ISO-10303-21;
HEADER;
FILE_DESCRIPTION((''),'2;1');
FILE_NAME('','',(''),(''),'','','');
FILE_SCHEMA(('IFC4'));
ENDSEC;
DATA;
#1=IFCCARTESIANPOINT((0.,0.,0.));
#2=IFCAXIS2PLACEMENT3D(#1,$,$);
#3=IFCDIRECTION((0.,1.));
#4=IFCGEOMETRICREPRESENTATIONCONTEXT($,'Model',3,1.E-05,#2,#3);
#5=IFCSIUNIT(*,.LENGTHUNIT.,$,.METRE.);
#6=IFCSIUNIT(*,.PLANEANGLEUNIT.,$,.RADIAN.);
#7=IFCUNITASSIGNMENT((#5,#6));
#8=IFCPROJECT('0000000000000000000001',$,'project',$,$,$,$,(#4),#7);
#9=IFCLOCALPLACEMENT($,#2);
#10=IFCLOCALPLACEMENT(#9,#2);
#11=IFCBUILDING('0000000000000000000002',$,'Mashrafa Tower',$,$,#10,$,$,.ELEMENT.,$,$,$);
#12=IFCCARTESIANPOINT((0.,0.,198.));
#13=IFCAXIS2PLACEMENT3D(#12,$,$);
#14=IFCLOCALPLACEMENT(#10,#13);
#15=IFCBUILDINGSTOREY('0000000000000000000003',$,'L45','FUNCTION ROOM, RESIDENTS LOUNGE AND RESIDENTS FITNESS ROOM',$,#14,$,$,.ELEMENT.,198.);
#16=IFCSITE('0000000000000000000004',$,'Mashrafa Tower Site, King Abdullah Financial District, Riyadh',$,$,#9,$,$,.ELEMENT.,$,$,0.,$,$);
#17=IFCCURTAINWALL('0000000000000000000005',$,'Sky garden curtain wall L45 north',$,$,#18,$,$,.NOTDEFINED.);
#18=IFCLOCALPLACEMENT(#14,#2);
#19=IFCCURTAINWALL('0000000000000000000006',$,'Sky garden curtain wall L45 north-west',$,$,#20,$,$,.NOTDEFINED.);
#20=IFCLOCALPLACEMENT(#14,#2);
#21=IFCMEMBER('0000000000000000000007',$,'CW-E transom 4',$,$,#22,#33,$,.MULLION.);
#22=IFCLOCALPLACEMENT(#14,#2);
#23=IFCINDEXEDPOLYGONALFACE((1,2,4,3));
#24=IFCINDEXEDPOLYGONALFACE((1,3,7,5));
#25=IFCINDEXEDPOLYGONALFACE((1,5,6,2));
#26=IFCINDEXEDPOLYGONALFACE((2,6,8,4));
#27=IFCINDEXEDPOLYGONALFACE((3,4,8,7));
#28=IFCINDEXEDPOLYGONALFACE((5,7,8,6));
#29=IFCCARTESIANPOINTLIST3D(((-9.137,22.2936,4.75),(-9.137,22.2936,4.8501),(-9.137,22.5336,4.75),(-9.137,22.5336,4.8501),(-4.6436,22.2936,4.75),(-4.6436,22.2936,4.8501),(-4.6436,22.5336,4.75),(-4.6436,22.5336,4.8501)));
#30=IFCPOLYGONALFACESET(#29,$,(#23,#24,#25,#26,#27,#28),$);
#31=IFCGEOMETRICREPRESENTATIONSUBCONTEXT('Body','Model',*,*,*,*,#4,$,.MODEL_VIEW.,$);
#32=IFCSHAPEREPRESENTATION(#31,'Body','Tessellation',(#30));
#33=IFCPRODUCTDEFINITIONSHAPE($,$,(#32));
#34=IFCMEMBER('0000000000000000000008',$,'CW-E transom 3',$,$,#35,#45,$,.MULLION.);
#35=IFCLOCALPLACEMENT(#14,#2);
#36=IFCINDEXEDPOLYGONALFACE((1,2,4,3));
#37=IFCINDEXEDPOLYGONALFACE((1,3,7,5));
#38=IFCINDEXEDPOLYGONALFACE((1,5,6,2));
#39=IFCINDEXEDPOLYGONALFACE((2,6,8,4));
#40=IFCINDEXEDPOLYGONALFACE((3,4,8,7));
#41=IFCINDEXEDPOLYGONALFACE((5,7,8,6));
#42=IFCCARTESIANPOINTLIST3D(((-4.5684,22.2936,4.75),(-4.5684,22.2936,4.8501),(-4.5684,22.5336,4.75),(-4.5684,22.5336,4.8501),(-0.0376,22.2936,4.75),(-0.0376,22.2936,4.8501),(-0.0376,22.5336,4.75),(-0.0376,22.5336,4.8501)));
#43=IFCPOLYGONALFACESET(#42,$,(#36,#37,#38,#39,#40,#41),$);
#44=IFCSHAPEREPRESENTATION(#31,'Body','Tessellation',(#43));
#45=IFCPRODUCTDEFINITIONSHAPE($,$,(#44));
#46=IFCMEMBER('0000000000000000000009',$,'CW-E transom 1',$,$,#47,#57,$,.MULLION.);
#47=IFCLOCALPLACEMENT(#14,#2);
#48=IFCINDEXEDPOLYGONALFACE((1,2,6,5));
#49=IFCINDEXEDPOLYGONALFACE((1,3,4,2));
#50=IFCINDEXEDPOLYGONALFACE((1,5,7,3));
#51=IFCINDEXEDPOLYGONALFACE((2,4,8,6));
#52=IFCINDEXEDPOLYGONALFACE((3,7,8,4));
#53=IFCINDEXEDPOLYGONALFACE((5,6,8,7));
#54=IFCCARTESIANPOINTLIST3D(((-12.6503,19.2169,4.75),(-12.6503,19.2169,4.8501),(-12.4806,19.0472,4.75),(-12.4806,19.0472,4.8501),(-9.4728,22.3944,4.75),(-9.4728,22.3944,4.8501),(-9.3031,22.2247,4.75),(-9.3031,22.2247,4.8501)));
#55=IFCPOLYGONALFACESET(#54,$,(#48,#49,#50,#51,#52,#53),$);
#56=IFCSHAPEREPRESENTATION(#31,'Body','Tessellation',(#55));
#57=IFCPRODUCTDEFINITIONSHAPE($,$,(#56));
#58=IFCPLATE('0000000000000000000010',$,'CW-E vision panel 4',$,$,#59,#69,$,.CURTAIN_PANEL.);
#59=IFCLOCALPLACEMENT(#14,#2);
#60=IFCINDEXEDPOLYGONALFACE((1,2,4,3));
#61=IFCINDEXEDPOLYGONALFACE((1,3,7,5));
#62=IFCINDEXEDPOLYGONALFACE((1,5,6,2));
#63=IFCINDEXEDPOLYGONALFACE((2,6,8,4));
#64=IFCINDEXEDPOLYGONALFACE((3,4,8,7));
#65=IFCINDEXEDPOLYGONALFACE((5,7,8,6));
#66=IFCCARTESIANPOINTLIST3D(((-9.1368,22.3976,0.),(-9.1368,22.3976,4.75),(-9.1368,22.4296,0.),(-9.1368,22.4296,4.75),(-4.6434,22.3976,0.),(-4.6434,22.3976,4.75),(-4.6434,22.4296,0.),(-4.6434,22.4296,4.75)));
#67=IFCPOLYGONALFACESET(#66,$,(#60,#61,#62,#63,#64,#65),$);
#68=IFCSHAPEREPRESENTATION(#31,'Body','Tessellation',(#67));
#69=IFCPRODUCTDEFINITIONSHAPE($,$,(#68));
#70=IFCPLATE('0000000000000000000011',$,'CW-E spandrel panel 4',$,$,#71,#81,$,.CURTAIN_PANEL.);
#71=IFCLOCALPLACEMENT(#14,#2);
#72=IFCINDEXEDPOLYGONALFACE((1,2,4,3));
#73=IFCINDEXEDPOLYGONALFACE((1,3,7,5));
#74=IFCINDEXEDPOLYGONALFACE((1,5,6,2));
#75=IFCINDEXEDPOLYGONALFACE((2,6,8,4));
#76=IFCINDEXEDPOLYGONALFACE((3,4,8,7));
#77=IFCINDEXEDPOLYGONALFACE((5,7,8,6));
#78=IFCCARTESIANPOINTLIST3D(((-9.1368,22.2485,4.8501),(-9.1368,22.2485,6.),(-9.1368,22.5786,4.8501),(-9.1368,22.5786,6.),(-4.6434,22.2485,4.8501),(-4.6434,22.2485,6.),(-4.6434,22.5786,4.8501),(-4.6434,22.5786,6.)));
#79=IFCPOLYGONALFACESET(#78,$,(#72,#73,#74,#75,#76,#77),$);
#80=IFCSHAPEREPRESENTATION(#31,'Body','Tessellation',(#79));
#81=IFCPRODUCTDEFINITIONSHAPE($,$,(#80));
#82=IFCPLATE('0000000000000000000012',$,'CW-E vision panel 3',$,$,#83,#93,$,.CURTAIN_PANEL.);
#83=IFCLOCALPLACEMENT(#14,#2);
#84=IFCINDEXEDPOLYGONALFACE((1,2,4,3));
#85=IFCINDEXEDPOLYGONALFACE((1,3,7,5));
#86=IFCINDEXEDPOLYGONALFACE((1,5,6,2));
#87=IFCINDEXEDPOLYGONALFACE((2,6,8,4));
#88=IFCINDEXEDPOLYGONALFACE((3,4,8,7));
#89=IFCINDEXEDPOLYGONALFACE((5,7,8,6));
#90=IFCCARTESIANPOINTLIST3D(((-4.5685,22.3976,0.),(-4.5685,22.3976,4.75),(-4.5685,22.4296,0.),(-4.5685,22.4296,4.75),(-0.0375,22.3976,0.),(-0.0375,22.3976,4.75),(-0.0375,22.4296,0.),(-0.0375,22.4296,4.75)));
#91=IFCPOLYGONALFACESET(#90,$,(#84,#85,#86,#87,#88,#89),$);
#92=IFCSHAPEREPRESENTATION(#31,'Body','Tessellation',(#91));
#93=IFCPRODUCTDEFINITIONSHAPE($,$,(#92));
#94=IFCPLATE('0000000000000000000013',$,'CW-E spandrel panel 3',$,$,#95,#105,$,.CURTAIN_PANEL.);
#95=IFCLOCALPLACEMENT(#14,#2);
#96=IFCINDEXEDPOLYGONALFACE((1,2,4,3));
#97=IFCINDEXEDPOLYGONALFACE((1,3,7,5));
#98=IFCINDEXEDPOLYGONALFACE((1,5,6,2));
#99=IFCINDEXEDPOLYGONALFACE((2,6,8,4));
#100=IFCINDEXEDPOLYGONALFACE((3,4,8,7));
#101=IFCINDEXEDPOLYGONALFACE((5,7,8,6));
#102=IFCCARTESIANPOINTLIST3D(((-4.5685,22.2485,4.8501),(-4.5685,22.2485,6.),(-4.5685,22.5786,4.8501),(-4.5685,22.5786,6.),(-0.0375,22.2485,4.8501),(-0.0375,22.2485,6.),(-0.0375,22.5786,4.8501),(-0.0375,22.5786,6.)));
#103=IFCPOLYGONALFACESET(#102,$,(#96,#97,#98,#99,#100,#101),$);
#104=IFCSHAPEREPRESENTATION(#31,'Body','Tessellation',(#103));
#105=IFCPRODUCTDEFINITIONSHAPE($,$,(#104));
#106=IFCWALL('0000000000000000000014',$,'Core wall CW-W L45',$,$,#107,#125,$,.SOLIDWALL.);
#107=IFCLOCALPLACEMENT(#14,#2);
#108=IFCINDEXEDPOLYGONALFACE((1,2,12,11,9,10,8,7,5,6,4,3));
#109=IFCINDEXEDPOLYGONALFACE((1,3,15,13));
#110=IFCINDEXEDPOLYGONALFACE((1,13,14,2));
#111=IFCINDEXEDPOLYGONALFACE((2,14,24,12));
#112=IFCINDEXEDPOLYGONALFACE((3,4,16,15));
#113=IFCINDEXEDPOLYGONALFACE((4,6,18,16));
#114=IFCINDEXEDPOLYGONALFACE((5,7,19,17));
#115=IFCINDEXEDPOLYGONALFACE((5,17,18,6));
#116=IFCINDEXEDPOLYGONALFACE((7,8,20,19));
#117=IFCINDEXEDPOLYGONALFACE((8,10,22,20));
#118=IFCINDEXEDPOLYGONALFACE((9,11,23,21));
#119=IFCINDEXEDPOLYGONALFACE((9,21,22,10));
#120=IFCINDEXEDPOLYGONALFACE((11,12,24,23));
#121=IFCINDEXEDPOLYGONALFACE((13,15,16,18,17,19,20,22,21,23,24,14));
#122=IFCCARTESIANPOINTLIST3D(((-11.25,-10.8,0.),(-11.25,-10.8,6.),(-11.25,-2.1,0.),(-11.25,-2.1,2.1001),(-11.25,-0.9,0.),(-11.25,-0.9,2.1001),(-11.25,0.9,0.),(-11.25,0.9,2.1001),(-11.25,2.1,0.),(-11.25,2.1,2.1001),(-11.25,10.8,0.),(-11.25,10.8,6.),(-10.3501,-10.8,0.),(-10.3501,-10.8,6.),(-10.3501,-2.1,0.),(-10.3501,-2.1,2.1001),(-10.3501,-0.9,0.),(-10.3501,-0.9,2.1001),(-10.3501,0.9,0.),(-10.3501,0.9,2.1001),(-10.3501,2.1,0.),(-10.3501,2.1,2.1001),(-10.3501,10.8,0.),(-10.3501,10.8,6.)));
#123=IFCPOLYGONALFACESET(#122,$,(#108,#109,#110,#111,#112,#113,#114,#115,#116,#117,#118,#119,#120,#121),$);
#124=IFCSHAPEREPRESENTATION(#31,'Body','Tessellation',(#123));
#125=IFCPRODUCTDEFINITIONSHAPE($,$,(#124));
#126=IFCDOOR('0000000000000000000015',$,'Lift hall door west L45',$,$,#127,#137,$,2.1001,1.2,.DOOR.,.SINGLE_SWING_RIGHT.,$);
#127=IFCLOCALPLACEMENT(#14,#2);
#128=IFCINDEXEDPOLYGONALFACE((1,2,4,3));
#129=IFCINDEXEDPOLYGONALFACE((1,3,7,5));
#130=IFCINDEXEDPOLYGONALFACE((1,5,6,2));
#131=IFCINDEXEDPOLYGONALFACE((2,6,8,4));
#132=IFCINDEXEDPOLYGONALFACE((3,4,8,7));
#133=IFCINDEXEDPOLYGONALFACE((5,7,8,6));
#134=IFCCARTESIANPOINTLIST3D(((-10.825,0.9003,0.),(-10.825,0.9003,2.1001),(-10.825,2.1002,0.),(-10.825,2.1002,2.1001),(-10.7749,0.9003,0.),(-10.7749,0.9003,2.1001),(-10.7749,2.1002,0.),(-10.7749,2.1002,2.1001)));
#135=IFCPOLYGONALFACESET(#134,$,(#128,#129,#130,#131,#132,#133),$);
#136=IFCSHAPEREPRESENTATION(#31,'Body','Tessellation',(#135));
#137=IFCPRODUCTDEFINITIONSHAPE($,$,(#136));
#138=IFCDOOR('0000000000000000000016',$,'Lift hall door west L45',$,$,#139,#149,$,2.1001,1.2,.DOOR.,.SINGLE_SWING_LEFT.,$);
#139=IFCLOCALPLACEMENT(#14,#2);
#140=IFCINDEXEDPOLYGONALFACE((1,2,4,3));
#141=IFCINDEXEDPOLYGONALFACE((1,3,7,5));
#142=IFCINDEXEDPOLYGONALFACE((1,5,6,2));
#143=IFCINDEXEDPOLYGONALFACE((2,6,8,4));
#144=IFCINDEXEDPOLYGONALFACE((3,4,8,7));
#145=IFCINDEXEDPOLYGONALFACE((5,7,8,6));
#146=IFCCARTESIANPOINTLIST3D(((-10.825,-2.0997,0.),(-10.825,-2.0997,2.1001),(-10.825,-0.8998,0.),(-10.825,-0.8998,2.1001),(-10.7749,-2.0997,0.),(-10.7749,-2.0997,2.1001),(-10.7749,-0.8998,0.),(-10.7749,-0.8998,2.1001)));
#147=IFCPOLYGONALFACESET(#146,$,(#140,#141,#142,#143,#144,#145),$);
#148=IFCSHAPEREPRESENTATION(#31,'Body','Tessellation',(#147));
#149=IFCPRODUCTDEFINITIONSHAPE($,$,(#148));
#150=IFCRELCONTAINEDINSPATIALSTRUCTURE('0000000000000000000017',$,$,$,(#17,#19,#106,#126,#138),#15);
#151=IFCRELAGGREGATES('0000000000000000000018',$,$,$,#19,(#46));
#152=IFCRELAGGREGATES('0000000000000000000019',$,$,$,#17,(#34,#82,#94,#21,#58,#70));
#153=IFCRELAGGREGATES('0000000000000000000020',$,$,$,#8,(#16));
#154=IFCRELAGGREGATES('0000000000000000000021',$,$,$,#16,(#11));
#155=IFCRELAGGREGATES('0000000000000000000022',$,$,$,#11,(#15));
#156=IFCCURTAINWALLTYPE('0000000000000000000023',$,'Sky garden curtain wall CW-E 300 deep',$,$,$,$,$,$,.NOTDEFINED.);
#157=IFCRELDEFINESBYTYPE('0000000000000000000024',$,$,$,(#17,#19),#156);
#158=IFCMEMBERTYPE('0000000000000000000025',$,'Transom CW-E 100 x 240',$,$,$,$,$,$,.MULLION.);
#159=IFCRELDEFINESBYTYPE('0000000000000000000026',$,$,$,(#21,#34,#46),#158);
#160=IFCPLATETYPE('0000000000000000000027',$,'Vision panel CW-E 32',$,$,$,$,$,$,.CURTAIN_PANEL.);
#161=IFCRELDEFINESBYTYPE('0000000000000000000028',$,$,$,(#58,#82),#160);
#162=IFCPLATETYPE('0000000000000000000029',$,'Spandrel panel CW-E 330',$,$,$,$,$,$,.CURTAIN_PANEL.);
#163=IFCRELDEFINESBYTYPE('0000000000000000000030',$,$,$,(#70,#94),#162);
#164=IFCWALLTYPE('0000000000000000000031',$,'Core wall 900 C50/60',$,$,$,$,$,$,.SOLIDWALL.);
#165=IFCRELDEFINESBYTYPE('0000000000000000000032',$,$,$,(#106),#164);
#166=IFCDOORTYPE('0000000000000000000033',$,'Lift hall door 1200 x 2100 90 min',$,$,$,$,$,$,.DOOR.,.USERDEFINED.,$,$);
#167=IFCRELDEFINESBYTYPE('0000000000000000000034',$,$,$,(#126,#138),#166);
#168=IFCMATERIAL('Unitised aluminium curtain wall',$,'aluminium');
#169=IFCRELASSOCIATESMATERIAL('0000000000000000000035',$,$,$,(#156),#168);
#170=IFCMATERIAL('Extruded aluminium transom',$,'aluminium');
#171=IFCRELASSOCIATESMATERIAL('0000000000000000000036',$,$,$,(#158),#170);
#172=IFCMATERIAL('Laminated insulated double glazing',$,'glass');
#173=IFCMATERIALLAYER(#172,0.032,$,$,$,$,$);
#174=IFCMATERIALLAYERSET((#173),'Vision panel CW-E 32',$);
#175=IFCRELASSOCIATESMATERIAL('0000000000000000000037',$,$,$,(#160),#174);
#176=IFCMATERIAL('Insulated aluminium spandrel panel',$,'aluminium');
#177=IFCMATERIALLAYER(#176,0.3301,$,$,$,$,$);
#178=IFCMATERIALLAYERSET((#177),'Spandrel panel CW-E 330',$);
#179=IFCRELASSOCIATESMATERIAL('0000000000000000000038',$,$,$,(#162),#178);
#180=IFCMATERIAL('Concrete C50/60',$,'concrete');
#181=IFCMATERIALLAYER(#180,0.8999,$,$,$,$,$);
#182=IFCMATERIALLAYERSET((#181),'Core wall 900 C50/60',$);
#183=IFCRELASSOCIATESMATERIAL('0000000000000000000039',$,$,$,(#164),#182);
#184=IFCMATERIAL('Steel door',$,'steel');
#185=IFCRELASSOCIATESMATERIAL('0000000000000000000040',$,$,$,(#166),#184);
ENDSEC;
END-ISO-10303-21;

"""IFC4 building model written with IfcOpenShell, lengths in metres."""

from ifc_helpers import new_model, si_unit, direction, frame, frame_2d, origin, origin_2d, place, context, subcontext, project, spatial, rectangle, extrude, source, transform, mapped, material, layer, layer_set, material_profile, profile_set, type_object, type_shapes, element, fill, aggregate, save


model = new_model("IFC4")

# Units and contexts
model_context = context("Model", 3, precision=1e-05, world=origin(), true_north=direction((0.0, 1.0)))
body_context = subcontext(model_context, "Body", "Model", "MODEL_VIEW")
ifc_project = project(units=[si_unit("LENGTHUNIT", "METRE"), si_unit("PLANEANGLEUNIT", "RADIAN")], contexts=[model_context])

# Site, building, storey
site_placement = place(None, origin())
site = spatial("IfcSite", under=ifc_project, at=site_placement, Name="Mashrafa Tower Site, King Abdullah Financial District, Riyadh", CompositionType="ELEMENT", RefElevation=0.0)
building_placement = place(site_placement, origin())
building = spatial("IfcBuilding", under=site, at=building_placement, Name="Mashrafa Tower", CompositionType="ELEMENT")
storey_placement = place(building_placement, frame((0.0, 0.0, 198.0)))
storey = spatial("IfcBuildingStorey", under=building, at=storey_placement, Name="L45", Description="FUNCTION ROOM, RESIDENTS LOUNGE AND RESIDENTS FITNESS ROOM", CompositionType="ELEMENT", Elevation=198.0)

# Curtain wall
ifc_material_1 = material(Name="Unitised aluminium curtain wall", Category="aluminium")
curtain_wall_type = type_object("IfcCurtainWallType", Name="Sky garden curtain wall CW-E 300 deep", PredefinedType="NOTDEFINED", material=ifc_material_1)
curtain_wall_1_placement = place(storey_placement, origin())
curtain_wall_1 = element("IfcCurtainWall", 1, at=curtain_wall_1_placement, inside=storey, type_object=curtain_wall_type, Name="Sky garden curtain wall L45 north", PredefinedType="NOTDEFINED")

# Curtain wall
curtain_wall_2_placement = place(storey_placement, origin())
curtain_wall_2 = element("IfcCurtainWall", 2, at=curtain_wall_2_placement, inside=storey, type_object=curtain_wall_type, Name="Sky garden curtain wall L45 north-west", PredefinedType="NOTDEFINED")

# Members
ifc_material_2 = material(Name="Extruded aluminium transom", Category="aluminium")
ifc_material_profile_1 = material_profile(ifc_material_2, rectangle(XDim=0.24, YDim=0.1001, at=origin_2d()), Name="Transom 100x240")
ifc_profile_set_1 = profile_set([ifc_material_profile_1], Name="Extruded aluminium transom")
member_type_1 = type_object("IfcMemberType", Name="Transom CW-E 100 x 240", PredefinedType="MULLION", material=ifc_profile_set_1)
shared_shape_1 = source(origin(), body_context, "Body", "SweptSolid", [
    extrude(rectangle(XDim=0.24, YDim=0.1001, at=origin_2d()), origin(), (0.0, 0.0, 1.0), 4.4934),
])
member_1_placement = place(storey_placement, frame((-4.6436, 22.4136, 4.8), z_axis=(-1.0, 0.0, 0.0), x_axis=(0.0, -1.0, 0.0)))
member_1 = element("IfcMember", 3, at=member_1_placement, type_object=member_type_1, Name="CW-E transom 4", PredefinedType="MULLION", context=body_context, shape_type="MappedRepresentation", body=[
    mapped(shared_shape_1, transform((0.0, 0.0, 0.0))),
])
shared_shape_2 = source(origin(), body_context, "Body", "SweptSolid", [
    extrude(rectangle(XDim=0.24, YDim=0.1001, at=origin_2d()), origin(), (0.0, 0.0, 1.0), 4.5308),
])
member_2_placement = place(storey_placement, frame((-0.0376, 22.4136, 4.8), z_axis=(-1.0, 0.0, 0.0), x_axis=(0.0, -1.0, 0.0)))
member_2 = element("IfcMember", 4, at=member_2_placement, type_object=member_type_1, Name="CW-E transom 3", PredefinedType="MULLION", context=body_context, shape_type="MappedRepresentation", body=[
    mapped(shared_shape_2, transform((0.0, 0.0, 0.0))),
])
shared_shape_3 = source(origin(), body_context, "Body", "SweptSolid", [
    extrude(rectangle(XDim=0.24, YDim=0.1001, at=origin_2d()), origin(), (0.0, 0.0, 1.0), 4.4937),
])
type_shapes(member_type_1, [shared_shape_1, shared_shape_2, shared_shape_3])
member_3_placement = place(storey_placement, frame((-9.3879, 22.3096, 4.8), z_axis=(-0.707107, -0.707107, 0.0), x_axis=(0.707107, -0.707107, 0.0)))
member_3 = element("IfcMember", 5, at=member_3_placement, type_object=member_type_1, Name="CW-E transom 1", PredefinedType="MULLION", context=body_context, shape_type="MappedRepresentation", body=[
    mapped(shared_shape_3, transform((0.0, 0.0, 0.0))),
])
aggregate(curtain_wall_2, [member_3])

# Plates
ifc_material_3 = material(Name="Laminated insulated double glazing", Category="glass")
ifc_layer_1 = layer(ifc_material_3, 0.032)
ifc_layer_set_1 = layer_set([ifc_layer_1], Name="Vision panel CW-E 32")
plate_type_1 = type_object("IfcPlateType", Name="Vision panel CW-E 32", PredefinedType="CURTAIN_PANEL", material=ifc_layer_set_1)
shared_shape_4 = source(origin(), body_context, "Body", "SweptSolid", [
    extrude(rectangle(XDim=4.4934, YDim=0.032, at=origin_2d()), origin(), (0.0, 0.0, 1.0), 4.75),
])
plate_1_placement = place(storey_placement, frame((-6.8901, 22.4136, 0.0), z_axis=(0.0, 0.0, 1.0), x_axis=(-1.0, 0.0, 0.0)))
plate_1 = element("IfcPlate", 6, at=plate_1_placement, type_object=plate_type_1, Name="CW-E vision panel 4", PredefinedType="CURTAIN_PANEL", context=body_context, shape_type="MappedRepresentation", body=[
    mapped(shared_shape_4, transform((0.0, 0.0, 0.0))),
])
ifc_material_4 = material(Name="Insulated aluminium spandrel panel", Category="aluminium")
ifc_layer_2 = layer(ifc_material_4, 0.3301)
ifc_layer_set_2 = layer_set([ifc_layer_2], Name="Spandrel panel CW-E 330")
plate_type_2 = type_object("IfcPlateType", Name="Spandrel panel CW-E 330", PredefinedType="CURTAIN_PANEL", material=ifc_layer_set_2)
shared_shape_5 = source(origin(), body_context, "Body", "SweptSolid", [
    extrude(rectangle(XDim=4.4934, YDim=0.3301, at=origin_2d()), origin(), (0.0, 0.0, 1.0), 1.1499),
])
plate_2_placement = place(storey_placement, frame((-6.8901, 22.4136, 4.8501), z_axis=(0.0, 0.0, 1.0), x_axis=(-1.0, 0.0, 0.0)))
plate_2 = element("IfcPlate", 7, at=plate_2_placement, type_object=plate_type_2, Name="CW-E spandrel panel 4", PredefinedType="CURTAIN_PANEL", context=body_context, shape_type="MappedRepresentation", body=[
    mapped(shared_shape_5, transform((0.0, 0.0, 0.0))),
])
shared_shape_6 = source(origin(), body_context, "Body", "SweptSolid", [
    extrude(rectangle(XDim=4.531, YDim=0.032, at=origin_2d()), origin(), (0.0, 0.0, 1.0), 4.75),
])
type_shapes(plate_type_1, [shared_shape_4, shared_shape_6])
plate_3_placement = place(storey_placement, frame((-2.303, 22.4136, 0.0), z_axis=(0.0, 0.0, 1.0), x_axis=(-1.0, 0.0, 0.0)))
plate_3 = element("IfcPlate", 8, at=plate_3_placement, type_object=plate_type_1, Name="CW-E vision panel 3", PredefinedType="CURTAIN_PANEL", context=body_context, shape_type="MappedRepresentation", body=[
    mapped(shared_shape_6, transform((0.0, 0.0, 0.0))),
])
shared_shape_7 = source(origin(), body_context, "Body", "SweptSolid", [
    extrude(rectangle(XDim=4.531, YDim=0.3301, at=origin_2d()), origin(), (0.0, 0.0, 1.0), 1.1499),
])
type_shapes(plate_type_2, [shared_shape_5, shared_shape_7])
plate_4_placement = place(storey_placement, frame((-2.303, 22.4136, 4.8501), z_axis=(0.0, 0.0, 1.0), x_axis=(-1.0, 0.0, 0.0)))
plate_4 = element("IfcPlate", 9, at=plate_4_placement, type_object=plate_type_2, Name="CW-E spandrel panel 3", PredefinedType="CURTAIN_PANEL", context=body_context, shape_type="MappedRepresentation", body=[
    mapped(shared_shape_7, transform((0.0, 0.0, 0.0))),
])
aggregate(curtain_wall_1, [member_2, plate_3, plate_4, member_1, plate_1, plate_2])

# Wall, openings, doors
ifc_material_5 = material(Name="Concrete C50/60", Category="concrete")
ifc_layer_3 = layer(ifc_material_5, 0.8999)
ifc_layer_set_3 = layer_set([ifc_layer_3], Name="Core wall 900 C50/60")
wall_type = type_object("IfcWallType", Name="Core wall 900 C50/60", PredefinedType="SOLIDWALL", material=ifc_layer_set_3)
wall_placement = place(storey_placement, frame((-10.8, 10.8, 0.0), z_axis=(0.0, 0.0, 1.0), x_axis=(0.0, -1.0, 0.0)))
wall = element("IfcWall", 10, at=wall_placement, inside=storey, type_object=wall_type, Name="Core wall CW-W L45", PredefinedType="SOLIDWALL", context=body_context, shape_type="SweptSolid", body=[
    extrude(rectangle(XDim=21.6001, YDim=0.8999, at=frame_2d((10.8, 0.0))), origin(), (0.0, 0.0, 1.0), 6.0),
])
opening_1_placement = place(wall_placement, frame((8.7, 0.0, 0.0)))
opening_1 = element("IfcOpeningElement", 11, at=opening_1_placement, cuts=wall, PredefinedType="OPENING", context=body_context, shape_type="SweptSolid", body=[
    extrude(rectangle(XDim=1.2, YDim=2.1001, at=frame_2d((0.6001, 1.05))), frame((0.0, 0.46, 0.0), z_axis=(0.0, -1.0, 0.0), x_axis=(1.0, 0.0, 0.0)), (0.0, 0.0, 1.0), 0.9199),
])
opening_2_placement = place(wall_placement, frame((11.7, 0.0, 0.0)))
opening_2 = element("IfcOpeningElement", 12, at=opening_2_placement, cuts=wall, PredefinedType="OPENING", context=body_context, shape_type="SweptSolid", body=[
    extrude(rectangle(XDim=1.2, YDim=2.1001, at=frame_2d((0.6001, 1.05))), frame((0.0, 0.46, 0.0), z_axis=(0.0, -1.0, 0.0), x_axis=(1.0, 0.0, 0.0)), (0.0, 0.0, 1.0), 0.9199),
])
ifc_material_6 = material(Name="Steel door", Category="steel")
door_type = type_object("IfcDoorType", Name="Lift hall door 1200 x 2100 90 min", OperationType="USERDEFINED", PredefinedType="DOOR", material=ifc_material_6)
door_1_placement = place(opening_1_placement, frame((1.2, 0.0, 0.0), z_axis=(0.0, 0.0, 1.0), x_axis=(-1.0, 0.0, 0.0)))
door_1 = element("IfcDoor", 13, at=door_1_placement, inside=storey, type_object=door_type, Name="Lift hall door west L45", OperationType="SINGLE_SWING_RIGHT", OverallHeight=2.1001, OverallWidth=1.2, PredefinedType="DOOR", context=body_context, shape_type="SweptSolid", body=[
    extrude(rectangle(XDim=1.2, YDim=2.1001, at=frame_2d((0.6001, 1.05))), frame((0.0, 0.0249, 0.0), z_axis=(0.0, -1.0, 0.0), x_axis=(1.0, 0.0, 0.0)), (0.0, 0.0, 1.0), 0.05),
])
fill(opening_1, door_1)
door_2_placement = place(opening_2_placement, frame((1.2, 0.0, 0.0), z_axis=(0.0, 0.0, 1.0), x_axis=(-1.0, 0.0, 0.0)))
door_2 = element("IfcDoor", 14, at=door_2_placement, inside=storey, type_object=door_type, Name="Lift hall door west L45", OperationType="SINGLE_SWING_LEFT", OverallHeight=2.1001, OverallWidth=1.2, PredefinedType="DOOR", context=body_context, shape_type="SweptSolid", body=[
    extrude(rectangle(XDim=1.2, YDim=2.1001, at=frame_2d((0.6001, 1.05))), frame((0.0, 0.0249, 0.0), z_axis=(0.0, -1.0, 0.0), x_axis=(1.0, 0.0, 0.0)), (0.0, 0.0, 1.0), 0.05),
])
fill(opening_2, door_2)

save(model, "model.ifc")
